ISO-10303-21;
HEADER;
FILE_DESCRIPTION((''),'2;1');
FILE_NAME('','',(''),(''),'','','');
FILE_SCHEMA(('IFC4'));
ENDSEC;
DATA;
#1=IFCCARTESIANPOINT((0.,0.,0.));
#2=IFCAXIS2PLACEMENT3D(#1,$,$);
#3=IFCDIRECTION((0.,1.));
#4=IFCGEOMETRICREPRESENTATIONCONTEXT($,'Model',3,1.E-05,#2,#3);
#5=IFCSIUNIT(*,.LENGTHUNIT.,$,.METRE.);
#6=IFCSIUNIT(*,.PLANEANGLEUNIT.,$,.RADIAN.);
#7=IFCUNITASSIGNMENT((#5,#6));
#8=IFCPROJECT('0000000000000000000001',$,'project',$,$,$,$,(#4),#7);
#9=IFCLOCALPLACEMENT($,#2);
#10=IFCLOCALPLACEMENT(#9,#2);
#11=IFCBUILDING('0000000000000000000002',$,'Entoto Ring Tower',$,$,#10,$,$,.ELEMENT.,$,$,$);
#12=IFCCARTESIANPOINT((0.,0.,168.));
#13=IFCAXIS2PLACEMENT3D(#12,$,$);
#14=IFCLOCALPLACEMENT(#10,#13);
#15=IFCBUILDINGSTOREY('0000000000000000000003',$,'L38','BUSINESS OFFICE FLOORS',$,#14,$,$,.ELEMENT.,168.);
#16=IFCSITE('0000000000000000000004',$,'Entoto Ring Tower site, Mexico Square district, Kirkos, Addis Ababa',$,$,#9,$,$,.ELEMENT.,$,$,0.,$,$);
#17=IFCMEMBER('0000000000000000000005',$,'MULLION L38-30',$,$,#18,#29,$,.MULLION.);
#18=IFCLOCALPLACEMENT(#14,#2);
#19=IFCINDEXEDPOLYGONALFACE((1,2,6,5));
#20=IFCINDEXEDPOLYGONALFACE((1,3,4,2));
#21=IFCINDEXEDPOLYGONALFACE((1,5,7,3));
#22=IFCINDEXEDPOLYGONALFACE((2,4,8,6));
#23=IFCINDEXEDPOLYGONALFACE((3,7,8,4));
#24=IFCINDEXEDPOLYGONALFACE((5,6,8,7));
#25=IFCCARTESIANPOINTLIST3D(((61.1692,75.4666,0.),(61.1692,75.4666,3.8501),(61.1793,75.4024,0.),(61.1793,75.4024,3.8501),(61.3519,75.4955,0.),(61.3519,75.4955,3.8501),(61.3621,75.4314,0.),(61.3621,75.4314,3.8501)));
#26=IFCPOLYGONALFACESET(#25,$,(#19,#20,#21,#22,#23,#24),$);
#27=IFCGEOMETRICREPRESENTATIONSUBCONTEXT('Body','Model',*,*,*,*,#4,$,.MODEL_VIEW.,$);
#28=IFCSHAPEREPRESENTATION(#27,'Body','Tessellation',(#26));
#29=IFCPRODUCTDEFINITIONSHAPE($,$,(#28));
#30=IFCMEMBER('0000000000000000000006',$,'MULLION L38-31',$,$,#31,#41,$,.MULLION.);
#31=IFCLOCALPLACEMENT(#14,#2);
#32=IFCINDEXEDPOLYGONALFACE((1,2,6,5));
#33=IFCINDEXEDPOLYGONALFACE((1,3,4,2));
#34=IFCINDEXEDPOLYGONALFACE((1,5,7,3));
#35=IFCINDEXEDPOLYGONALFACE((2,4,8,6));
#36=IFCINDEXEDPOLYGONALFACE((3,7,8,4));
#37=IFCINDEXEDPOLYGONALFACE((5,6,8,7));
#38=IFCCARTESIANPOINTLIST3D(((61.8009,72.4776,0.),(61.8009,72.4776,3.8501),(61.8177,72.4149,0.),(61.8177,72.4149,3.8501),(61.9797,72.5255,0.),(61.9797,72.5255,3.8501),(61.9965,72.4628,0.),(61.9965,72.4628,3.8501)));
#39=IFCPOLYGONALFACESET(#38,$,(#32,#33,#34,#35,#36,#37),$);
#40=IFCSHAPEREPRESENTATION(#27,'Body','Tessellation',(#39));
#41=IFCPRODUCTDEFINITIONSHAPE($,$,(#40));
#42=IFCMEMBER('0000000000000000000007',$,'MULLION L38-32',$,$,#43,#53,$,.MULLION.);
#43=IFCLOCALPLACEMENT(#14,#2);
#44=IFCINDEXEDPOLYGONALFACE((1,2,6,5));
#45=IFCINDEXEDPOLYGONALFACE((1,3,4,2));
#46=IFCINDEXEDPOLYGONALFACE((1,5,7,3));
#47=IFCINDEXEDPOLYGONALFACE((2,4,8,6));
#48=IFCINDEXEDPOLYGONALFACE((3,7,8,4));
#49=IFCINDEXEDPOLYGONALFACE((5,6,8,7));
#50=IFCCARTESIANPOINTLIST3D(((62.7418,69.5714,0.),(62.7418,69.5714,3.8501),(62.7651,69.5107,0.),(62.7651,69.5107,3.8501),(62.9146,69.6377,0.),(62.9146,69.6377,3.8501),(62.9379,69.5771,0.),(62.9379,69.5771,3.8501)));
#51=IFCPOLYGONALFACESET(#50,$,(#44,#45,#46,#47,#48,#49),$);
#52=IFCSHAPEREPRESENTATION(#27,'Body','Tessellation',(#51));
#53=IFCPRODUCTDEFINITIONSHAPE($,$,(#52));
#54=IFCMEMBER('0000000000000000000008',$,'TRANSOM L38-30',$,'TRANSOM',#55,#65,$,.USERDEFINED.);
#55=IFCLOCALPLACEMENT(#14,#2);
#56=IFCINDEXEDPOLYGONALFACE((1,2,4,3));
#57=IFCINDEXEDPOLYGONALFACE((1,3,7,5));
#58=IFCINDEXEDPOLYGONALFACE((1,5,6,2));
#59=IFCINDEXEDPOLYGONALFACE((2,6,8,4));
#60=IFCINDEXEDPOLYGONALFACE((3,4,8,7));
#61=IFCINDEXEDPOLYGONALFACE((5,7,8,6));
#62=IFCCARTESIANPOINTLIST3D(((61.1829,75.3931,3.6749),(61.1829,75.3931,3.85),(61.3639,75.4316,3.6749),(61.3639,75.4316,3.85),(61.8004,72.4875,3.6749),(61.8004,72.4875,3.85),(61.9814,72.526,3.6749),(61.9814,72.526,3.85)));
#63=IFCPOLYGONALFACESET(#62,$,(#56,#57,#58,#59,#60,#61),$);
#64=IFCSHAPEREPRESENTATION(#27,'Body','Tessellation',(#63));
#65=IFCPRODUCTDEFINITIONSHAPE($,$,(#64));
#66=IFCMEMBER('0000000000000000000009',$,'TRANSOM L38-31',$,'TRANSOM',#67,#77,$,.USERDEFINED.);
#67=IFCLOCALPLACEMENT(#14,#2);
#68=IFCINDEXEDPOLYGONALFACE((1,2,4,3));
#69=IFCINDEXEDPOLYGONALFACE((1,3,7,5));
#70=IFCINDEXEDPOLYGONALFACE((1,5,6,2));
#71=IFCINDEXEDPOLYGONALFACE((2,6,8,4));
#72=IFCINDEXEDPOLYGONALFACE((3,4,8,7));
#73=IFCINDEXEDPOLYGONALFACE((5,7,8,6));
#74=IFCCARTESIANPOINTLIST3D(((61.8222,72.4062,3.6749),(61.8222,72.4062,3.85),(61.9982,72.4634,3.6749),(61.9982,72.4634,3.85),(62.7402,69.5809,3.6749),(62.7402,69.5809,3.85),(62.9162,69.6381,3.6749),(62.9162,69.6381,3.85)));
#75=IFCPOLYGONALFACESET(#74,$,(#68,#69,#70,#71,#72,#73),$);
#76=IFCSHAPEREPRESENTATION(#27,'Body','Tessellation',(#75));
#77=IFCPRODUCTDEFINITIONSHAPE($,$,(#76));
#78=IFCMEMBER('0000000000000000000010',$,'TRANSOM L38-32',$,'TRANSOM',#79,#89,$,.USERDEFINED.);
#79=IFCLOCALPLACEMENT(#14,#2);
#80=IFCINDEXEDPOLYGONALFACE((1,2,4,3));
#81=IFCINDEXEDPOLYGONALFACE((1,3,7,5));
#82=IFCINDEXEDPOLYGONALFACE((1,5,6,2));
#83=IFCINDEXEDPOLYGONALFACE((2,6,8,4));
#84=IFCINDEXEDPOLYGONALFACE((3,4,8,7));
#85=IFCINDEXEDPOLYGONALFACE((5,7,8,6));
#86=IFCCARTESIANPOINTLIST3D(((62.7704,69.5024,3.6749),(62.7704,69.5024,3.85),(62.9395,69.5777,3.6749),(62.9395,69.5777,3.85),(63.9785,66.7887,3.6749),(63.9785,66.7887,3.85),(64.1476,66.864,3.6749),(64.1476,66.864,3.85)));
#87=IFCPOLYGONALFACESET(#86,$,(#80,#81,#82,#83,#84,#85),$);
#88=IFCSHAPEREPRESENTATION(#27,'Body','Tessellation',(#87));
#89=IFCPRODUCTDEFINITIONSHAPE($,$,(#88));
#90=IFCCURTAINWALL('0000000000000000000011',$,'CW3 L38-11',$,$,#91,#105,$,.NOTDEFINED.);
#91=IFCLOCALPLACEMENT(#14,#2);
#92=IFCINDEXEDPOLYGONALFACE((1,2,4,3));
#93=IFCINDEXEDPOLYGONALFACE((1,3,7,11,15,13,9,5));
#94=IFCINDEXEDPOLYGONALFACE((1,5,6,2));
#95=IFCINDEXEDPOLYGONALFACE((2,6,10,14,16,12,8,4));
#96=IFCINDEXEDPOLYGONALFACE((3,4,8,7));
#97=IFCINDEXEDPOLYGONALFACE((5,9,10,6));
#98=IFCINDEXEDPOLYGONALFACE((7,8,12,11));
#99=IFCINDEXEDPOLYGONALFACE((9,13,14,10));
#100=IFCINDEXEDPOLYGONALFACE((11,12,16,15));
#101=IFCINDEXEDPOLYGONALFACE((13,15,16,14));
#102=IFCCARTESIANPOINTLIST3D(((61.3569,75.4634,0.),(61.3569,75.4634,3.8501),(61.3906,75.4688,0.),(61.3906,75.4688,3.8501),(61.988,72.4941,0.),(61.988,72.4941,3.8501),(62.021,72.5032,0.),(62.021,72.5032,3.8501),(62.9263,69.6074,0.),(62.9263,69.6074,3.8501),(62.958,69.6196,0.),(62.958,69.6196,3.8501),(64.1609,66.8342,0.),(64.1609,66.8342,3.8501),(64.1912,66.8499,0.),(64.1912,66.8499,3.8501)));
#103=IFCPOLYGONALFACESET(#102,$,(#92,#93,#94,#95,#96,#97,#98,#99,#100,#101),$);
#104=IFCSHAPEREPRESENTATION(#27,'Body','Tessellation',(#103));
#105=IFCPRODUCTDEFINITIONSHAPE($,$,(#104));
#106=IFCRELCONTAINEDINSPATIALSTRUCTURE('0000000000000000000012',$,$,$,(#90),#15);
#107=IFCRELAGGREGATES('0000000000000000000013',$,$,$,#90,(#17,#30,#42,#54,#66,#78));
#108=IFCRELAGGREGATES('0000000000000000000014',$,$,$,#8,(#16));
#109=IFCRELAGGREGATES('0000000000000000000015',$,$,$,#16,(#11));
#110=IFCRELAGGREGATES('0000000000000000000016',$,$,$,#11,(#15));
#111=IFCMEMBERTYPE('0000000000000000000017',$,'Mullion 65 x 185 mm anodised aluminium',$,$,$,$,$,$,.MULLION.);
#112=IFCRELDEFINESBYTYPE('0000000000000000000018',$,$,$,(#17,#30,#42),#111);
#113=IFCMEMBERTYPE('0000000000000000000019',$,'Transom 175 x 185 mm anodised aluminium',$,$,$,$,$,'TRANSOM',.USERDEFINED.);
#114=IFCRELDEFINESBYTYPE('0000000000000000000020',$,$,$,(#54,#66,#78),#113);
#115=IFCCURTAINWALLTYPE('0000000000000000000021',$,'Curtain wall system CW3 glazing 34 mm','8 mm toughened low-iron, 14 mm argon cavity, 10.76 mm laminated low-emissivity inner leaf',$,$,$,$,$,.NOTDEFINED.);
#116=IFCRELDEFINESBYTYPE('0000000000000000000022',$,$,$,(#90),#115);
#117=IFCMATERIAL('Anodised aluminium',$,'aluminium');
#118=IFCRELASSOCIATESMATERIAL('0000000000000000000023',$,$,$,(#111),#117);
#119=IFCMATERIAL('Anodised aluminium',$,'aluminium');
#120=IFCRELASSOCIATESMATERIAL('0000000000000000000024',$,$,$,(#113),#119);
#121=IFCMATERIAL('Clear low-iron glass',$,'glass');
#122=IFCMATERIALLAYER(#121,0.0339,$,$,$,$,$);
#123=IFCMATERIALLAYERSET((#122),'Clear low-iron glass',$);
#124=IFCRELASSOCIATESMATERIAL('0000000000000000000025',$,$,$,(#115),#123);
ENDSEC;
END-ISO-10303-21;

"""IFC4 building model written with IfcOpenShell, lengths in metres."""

from ifc_helpers import new_model, si_unit, direction, frame, origin, origin_2d, place, context, subcontext, project, spatial, polyline, rectangle, outline, extrude, material, layer, layer_set, material_profile, profile_set, type_object, element, aggregate, save


model = new_model("IFC4")

# Units and contexts
model_context = context("Model", 3, precision=1e-05, world=origin(), true_north=direction((0.0, 1.0)))
body_context = subcontext(model_context, "Body", "Model", "MODEL_VIEW")
ifc_project = project(units=[si_unit("LENGTHUNIT", "METRE"), si_unit("PLANEANGLEUNIT", "RADIAN")], contexts=[model_context])

# Members
ifc_material_1 = material(Name="Anodised aluminium", Category="aluminium")
ifc_material_profile_1 = material_profile(ifc_material_1, rectangle(XDim=0.0649, YDim=0.1851, at=origin_2d()), Name="Mullion 65 x 185 mm anodised aluminium")
ifc_profile_set_1 = profile_set([ifc_material_profile_1], Name="Anodised aluminium")
member_type_1 = type_object("IfcMemberType", Name="Mullion 65 x 185 mm anodised aluminium", PredefinedType="MULLION", material=ifc_profile_set_1)
site_placement = place(None, origin())
building_placement = place(site_placement, origin())
storey_placement = place(building_placement, frame((0.0, 0.0, 168.0)))
member_1_placement = place(storey_placement, frame((61.2656, 75.449, 0.0), z_axis=(0.0, 0.0, 1.0), x_axis=(0.156434, -0.987688, 0.0)))
member_1 = element("IfcMember", 1, at=member_1_placement, type_object=member_type_1, Name="MULLION L38-30", PredefinedType="MULLION", context=body_context, shape_type="SweptSolid", body=[
    extrude(rectangle(XDim=0.0649, YDim=0.1851, at=origin_2d()), origin(), (0.0, 0.0, 1.0), 3.8501),
])
member_2_placement = place(storey_placement, frame((61.8987, 72.4702, 0.0), z_axis=(0.0, 0.0, 1.0), x_axis=(0.258819, -0.965926, 0.0)))
member_2 = element("IfcMember", 2, at=member_2_placement, type_object=member_type_1, Name="MULLION L38-31", PredefinedType="MULLION", context=body_context, shape_type="SweptSolid", body=[
    extrude(rectangle(XDim=0.0649, YDim=0.1851, at=origin_2d()), origin(), (0.0, 0.0, 1.0), 3.8501),
])
member_3_placement = place(storey_placement, frame((62.8398, 69.5742, 0.0), z_axis=(0.0, 0.0, 1.0), x_axis=(0.358368, -0.93358, 0.0)))
member_3 = element("IfcMember", 3, at=member_3_placement, type_object=member_type_1, Name="MULLION L38-32", PredefinedType="MULLION", context=body_context, shape_type="SweptSolid", body=[
    extrude(rectangle(XDim=0.0649, YDim=0.1851, at=origin_2d()), origin(), (0.0, 0.0, 1.0), 3.8501),
])
ifc_material_2 = material(Name="Anodised aluminium", Category="aluminium")
ifc_material_profile_2 = material_profile(ifc_material_2, rectangle(XDim=0.1851, YDim=0.175, at=origin_2d()), Name="Transom 175 x 185 mm anodised aluminium")
ifc_profile_set_2 = profile_set([ifc_material_profile_2], Name="Anodised aluminium")
member_type_2 = type_object("IfcMemberType", Name="Transom 175 x 185 mm anodised aluminium", ElementType="TRANSOM", PredefinedType="USERDEFINED", material=ifc_profile_set_2)
member_4_placement = place(storey_placement, frame((61.2734, 75.4124, 3.7625), z_axis=(0.207862, -0.978158, 0.0), x_axis=(0.978158, 0.207862, 0.0)))
member_4 = element("IfcMember", 4, at=member_4_placement, type_object=member_type_2, Name="TRANSOM L38-30", ObjectType="TRANSOM", PredefinedType="USERDEFINED", context=body_context, shape_type="SweptSolid", body=[
    extrude(rectangle(XDim=0.1851, YDim=0.175, at=origin_2d()), origin(), (0.0, 0.0, 1.0), 2.9705),
])
member_5_placement = place(storey_placement, frame((61.9102, 72.4348, 3.7625), z_axis=(0.309019, -0.951056, 0.0), x_axis=(0.951056, 0.309019, 0.0)))
member_5 = element("IfcMember", 5, at=member_5_placement, type_object=member_type_2, Name="TRANSOM L38-31", ObjectType="TRANSOM", PredefinedType="USERDEFINED", context=body_context, shape_type="SweptSolid", body=[
    extrude(rectangle(XDim=0.1851, YDim=0.175, at=origin_2d()), origin(), (0.0, 0.0, 1.0), 2.9707),
])
member_6_placement = place(storey_placement, frame((62.855, 69.54, 3.7625), z_axis=(0.406687, -0.913567, 0.0), x_axis=(0.913567, 0.406687, 0.0)))
member_6 = element("IfcMember", 6, at=member_6_placement, type_object=member_type_2, Name="TRANSOM L38-32", ObjectType="TRANSOM", PredefinedType="USERDEFINED", context=body_context, shape_type="SweptSolid", body=[
    extrude(rectangle(XDim=0.1851, YDim=0.175, at=origin_2d()), origin(), (0.0, 0.0, 1.0), 2.9705),
])

# Site, building, storey
site = spatial("IfcSite", under=ifc_project, at=site_placement, Name="Entoto Ring Tower site, Mexico Square district, Kirkos, Addis Ababa", CompositionType="ELEMENT", RefElevation=0.0)
building = spatial("IfcBuilding", under=site, at=building_placement, Name="Entoto Ring Tower", CompositionType="ELEMENT")
storey = spatial("IfcBuildingStorey", under=building, at=storey_placement, Name="L38", Description="BUSINESS OFFICE FLOORS", CompositionType="ELEMENT", Elevation=168.0)

# Curtain wall
ifc_material_3 = material(Name="Clear low-iron glass", Category="glass")
ifc_layer = layer(ifc_material_3, 0.0339)
ifc_layer_set = layer_set([ifc_layer], Name="Clear low-iron glass")
curtain_wall_type = type_object("IfcCurtainWallType", Name="Curtain wall system CW3 glazing 34 mm", Description="8 mm toughened low-iron, 14 mm argon cavity, 10.76 mm laminated low-emissivity inner leaf", PredefinedType="NOTDEFINED", material=ifc_layer_set)
curtain_wall_1_placement = place(storey_placement, origin())
curtain_wall_1 = element("IfcCurtainWall", 7, at=curtain_wall_1_placement, inside=storey, type_object=curtain_wall_type, Name="CW3 L38-11", PredefinedType="NOTDEFINED", context=body_context, shape_type="SweptSolid", body=[
    extrude(outline(polyline([(61.3569, 75.4634), (61.988, 72.4941), (62.9263, 69.6074), (64.1609, 66.8342), (64.1912, 66.8499), (62.958, 69.6196), (62.021, 72.5032), (61.3906, 75.4688), (61.3569, 75.4634)])), origin(), (0.0, 0.0, 1.0), 3.8501),
])
aggregate(curtain_wall_1, [member_1, member_2, member_3, member_4, member_5, member_6])

save(model, "model.ifc")
